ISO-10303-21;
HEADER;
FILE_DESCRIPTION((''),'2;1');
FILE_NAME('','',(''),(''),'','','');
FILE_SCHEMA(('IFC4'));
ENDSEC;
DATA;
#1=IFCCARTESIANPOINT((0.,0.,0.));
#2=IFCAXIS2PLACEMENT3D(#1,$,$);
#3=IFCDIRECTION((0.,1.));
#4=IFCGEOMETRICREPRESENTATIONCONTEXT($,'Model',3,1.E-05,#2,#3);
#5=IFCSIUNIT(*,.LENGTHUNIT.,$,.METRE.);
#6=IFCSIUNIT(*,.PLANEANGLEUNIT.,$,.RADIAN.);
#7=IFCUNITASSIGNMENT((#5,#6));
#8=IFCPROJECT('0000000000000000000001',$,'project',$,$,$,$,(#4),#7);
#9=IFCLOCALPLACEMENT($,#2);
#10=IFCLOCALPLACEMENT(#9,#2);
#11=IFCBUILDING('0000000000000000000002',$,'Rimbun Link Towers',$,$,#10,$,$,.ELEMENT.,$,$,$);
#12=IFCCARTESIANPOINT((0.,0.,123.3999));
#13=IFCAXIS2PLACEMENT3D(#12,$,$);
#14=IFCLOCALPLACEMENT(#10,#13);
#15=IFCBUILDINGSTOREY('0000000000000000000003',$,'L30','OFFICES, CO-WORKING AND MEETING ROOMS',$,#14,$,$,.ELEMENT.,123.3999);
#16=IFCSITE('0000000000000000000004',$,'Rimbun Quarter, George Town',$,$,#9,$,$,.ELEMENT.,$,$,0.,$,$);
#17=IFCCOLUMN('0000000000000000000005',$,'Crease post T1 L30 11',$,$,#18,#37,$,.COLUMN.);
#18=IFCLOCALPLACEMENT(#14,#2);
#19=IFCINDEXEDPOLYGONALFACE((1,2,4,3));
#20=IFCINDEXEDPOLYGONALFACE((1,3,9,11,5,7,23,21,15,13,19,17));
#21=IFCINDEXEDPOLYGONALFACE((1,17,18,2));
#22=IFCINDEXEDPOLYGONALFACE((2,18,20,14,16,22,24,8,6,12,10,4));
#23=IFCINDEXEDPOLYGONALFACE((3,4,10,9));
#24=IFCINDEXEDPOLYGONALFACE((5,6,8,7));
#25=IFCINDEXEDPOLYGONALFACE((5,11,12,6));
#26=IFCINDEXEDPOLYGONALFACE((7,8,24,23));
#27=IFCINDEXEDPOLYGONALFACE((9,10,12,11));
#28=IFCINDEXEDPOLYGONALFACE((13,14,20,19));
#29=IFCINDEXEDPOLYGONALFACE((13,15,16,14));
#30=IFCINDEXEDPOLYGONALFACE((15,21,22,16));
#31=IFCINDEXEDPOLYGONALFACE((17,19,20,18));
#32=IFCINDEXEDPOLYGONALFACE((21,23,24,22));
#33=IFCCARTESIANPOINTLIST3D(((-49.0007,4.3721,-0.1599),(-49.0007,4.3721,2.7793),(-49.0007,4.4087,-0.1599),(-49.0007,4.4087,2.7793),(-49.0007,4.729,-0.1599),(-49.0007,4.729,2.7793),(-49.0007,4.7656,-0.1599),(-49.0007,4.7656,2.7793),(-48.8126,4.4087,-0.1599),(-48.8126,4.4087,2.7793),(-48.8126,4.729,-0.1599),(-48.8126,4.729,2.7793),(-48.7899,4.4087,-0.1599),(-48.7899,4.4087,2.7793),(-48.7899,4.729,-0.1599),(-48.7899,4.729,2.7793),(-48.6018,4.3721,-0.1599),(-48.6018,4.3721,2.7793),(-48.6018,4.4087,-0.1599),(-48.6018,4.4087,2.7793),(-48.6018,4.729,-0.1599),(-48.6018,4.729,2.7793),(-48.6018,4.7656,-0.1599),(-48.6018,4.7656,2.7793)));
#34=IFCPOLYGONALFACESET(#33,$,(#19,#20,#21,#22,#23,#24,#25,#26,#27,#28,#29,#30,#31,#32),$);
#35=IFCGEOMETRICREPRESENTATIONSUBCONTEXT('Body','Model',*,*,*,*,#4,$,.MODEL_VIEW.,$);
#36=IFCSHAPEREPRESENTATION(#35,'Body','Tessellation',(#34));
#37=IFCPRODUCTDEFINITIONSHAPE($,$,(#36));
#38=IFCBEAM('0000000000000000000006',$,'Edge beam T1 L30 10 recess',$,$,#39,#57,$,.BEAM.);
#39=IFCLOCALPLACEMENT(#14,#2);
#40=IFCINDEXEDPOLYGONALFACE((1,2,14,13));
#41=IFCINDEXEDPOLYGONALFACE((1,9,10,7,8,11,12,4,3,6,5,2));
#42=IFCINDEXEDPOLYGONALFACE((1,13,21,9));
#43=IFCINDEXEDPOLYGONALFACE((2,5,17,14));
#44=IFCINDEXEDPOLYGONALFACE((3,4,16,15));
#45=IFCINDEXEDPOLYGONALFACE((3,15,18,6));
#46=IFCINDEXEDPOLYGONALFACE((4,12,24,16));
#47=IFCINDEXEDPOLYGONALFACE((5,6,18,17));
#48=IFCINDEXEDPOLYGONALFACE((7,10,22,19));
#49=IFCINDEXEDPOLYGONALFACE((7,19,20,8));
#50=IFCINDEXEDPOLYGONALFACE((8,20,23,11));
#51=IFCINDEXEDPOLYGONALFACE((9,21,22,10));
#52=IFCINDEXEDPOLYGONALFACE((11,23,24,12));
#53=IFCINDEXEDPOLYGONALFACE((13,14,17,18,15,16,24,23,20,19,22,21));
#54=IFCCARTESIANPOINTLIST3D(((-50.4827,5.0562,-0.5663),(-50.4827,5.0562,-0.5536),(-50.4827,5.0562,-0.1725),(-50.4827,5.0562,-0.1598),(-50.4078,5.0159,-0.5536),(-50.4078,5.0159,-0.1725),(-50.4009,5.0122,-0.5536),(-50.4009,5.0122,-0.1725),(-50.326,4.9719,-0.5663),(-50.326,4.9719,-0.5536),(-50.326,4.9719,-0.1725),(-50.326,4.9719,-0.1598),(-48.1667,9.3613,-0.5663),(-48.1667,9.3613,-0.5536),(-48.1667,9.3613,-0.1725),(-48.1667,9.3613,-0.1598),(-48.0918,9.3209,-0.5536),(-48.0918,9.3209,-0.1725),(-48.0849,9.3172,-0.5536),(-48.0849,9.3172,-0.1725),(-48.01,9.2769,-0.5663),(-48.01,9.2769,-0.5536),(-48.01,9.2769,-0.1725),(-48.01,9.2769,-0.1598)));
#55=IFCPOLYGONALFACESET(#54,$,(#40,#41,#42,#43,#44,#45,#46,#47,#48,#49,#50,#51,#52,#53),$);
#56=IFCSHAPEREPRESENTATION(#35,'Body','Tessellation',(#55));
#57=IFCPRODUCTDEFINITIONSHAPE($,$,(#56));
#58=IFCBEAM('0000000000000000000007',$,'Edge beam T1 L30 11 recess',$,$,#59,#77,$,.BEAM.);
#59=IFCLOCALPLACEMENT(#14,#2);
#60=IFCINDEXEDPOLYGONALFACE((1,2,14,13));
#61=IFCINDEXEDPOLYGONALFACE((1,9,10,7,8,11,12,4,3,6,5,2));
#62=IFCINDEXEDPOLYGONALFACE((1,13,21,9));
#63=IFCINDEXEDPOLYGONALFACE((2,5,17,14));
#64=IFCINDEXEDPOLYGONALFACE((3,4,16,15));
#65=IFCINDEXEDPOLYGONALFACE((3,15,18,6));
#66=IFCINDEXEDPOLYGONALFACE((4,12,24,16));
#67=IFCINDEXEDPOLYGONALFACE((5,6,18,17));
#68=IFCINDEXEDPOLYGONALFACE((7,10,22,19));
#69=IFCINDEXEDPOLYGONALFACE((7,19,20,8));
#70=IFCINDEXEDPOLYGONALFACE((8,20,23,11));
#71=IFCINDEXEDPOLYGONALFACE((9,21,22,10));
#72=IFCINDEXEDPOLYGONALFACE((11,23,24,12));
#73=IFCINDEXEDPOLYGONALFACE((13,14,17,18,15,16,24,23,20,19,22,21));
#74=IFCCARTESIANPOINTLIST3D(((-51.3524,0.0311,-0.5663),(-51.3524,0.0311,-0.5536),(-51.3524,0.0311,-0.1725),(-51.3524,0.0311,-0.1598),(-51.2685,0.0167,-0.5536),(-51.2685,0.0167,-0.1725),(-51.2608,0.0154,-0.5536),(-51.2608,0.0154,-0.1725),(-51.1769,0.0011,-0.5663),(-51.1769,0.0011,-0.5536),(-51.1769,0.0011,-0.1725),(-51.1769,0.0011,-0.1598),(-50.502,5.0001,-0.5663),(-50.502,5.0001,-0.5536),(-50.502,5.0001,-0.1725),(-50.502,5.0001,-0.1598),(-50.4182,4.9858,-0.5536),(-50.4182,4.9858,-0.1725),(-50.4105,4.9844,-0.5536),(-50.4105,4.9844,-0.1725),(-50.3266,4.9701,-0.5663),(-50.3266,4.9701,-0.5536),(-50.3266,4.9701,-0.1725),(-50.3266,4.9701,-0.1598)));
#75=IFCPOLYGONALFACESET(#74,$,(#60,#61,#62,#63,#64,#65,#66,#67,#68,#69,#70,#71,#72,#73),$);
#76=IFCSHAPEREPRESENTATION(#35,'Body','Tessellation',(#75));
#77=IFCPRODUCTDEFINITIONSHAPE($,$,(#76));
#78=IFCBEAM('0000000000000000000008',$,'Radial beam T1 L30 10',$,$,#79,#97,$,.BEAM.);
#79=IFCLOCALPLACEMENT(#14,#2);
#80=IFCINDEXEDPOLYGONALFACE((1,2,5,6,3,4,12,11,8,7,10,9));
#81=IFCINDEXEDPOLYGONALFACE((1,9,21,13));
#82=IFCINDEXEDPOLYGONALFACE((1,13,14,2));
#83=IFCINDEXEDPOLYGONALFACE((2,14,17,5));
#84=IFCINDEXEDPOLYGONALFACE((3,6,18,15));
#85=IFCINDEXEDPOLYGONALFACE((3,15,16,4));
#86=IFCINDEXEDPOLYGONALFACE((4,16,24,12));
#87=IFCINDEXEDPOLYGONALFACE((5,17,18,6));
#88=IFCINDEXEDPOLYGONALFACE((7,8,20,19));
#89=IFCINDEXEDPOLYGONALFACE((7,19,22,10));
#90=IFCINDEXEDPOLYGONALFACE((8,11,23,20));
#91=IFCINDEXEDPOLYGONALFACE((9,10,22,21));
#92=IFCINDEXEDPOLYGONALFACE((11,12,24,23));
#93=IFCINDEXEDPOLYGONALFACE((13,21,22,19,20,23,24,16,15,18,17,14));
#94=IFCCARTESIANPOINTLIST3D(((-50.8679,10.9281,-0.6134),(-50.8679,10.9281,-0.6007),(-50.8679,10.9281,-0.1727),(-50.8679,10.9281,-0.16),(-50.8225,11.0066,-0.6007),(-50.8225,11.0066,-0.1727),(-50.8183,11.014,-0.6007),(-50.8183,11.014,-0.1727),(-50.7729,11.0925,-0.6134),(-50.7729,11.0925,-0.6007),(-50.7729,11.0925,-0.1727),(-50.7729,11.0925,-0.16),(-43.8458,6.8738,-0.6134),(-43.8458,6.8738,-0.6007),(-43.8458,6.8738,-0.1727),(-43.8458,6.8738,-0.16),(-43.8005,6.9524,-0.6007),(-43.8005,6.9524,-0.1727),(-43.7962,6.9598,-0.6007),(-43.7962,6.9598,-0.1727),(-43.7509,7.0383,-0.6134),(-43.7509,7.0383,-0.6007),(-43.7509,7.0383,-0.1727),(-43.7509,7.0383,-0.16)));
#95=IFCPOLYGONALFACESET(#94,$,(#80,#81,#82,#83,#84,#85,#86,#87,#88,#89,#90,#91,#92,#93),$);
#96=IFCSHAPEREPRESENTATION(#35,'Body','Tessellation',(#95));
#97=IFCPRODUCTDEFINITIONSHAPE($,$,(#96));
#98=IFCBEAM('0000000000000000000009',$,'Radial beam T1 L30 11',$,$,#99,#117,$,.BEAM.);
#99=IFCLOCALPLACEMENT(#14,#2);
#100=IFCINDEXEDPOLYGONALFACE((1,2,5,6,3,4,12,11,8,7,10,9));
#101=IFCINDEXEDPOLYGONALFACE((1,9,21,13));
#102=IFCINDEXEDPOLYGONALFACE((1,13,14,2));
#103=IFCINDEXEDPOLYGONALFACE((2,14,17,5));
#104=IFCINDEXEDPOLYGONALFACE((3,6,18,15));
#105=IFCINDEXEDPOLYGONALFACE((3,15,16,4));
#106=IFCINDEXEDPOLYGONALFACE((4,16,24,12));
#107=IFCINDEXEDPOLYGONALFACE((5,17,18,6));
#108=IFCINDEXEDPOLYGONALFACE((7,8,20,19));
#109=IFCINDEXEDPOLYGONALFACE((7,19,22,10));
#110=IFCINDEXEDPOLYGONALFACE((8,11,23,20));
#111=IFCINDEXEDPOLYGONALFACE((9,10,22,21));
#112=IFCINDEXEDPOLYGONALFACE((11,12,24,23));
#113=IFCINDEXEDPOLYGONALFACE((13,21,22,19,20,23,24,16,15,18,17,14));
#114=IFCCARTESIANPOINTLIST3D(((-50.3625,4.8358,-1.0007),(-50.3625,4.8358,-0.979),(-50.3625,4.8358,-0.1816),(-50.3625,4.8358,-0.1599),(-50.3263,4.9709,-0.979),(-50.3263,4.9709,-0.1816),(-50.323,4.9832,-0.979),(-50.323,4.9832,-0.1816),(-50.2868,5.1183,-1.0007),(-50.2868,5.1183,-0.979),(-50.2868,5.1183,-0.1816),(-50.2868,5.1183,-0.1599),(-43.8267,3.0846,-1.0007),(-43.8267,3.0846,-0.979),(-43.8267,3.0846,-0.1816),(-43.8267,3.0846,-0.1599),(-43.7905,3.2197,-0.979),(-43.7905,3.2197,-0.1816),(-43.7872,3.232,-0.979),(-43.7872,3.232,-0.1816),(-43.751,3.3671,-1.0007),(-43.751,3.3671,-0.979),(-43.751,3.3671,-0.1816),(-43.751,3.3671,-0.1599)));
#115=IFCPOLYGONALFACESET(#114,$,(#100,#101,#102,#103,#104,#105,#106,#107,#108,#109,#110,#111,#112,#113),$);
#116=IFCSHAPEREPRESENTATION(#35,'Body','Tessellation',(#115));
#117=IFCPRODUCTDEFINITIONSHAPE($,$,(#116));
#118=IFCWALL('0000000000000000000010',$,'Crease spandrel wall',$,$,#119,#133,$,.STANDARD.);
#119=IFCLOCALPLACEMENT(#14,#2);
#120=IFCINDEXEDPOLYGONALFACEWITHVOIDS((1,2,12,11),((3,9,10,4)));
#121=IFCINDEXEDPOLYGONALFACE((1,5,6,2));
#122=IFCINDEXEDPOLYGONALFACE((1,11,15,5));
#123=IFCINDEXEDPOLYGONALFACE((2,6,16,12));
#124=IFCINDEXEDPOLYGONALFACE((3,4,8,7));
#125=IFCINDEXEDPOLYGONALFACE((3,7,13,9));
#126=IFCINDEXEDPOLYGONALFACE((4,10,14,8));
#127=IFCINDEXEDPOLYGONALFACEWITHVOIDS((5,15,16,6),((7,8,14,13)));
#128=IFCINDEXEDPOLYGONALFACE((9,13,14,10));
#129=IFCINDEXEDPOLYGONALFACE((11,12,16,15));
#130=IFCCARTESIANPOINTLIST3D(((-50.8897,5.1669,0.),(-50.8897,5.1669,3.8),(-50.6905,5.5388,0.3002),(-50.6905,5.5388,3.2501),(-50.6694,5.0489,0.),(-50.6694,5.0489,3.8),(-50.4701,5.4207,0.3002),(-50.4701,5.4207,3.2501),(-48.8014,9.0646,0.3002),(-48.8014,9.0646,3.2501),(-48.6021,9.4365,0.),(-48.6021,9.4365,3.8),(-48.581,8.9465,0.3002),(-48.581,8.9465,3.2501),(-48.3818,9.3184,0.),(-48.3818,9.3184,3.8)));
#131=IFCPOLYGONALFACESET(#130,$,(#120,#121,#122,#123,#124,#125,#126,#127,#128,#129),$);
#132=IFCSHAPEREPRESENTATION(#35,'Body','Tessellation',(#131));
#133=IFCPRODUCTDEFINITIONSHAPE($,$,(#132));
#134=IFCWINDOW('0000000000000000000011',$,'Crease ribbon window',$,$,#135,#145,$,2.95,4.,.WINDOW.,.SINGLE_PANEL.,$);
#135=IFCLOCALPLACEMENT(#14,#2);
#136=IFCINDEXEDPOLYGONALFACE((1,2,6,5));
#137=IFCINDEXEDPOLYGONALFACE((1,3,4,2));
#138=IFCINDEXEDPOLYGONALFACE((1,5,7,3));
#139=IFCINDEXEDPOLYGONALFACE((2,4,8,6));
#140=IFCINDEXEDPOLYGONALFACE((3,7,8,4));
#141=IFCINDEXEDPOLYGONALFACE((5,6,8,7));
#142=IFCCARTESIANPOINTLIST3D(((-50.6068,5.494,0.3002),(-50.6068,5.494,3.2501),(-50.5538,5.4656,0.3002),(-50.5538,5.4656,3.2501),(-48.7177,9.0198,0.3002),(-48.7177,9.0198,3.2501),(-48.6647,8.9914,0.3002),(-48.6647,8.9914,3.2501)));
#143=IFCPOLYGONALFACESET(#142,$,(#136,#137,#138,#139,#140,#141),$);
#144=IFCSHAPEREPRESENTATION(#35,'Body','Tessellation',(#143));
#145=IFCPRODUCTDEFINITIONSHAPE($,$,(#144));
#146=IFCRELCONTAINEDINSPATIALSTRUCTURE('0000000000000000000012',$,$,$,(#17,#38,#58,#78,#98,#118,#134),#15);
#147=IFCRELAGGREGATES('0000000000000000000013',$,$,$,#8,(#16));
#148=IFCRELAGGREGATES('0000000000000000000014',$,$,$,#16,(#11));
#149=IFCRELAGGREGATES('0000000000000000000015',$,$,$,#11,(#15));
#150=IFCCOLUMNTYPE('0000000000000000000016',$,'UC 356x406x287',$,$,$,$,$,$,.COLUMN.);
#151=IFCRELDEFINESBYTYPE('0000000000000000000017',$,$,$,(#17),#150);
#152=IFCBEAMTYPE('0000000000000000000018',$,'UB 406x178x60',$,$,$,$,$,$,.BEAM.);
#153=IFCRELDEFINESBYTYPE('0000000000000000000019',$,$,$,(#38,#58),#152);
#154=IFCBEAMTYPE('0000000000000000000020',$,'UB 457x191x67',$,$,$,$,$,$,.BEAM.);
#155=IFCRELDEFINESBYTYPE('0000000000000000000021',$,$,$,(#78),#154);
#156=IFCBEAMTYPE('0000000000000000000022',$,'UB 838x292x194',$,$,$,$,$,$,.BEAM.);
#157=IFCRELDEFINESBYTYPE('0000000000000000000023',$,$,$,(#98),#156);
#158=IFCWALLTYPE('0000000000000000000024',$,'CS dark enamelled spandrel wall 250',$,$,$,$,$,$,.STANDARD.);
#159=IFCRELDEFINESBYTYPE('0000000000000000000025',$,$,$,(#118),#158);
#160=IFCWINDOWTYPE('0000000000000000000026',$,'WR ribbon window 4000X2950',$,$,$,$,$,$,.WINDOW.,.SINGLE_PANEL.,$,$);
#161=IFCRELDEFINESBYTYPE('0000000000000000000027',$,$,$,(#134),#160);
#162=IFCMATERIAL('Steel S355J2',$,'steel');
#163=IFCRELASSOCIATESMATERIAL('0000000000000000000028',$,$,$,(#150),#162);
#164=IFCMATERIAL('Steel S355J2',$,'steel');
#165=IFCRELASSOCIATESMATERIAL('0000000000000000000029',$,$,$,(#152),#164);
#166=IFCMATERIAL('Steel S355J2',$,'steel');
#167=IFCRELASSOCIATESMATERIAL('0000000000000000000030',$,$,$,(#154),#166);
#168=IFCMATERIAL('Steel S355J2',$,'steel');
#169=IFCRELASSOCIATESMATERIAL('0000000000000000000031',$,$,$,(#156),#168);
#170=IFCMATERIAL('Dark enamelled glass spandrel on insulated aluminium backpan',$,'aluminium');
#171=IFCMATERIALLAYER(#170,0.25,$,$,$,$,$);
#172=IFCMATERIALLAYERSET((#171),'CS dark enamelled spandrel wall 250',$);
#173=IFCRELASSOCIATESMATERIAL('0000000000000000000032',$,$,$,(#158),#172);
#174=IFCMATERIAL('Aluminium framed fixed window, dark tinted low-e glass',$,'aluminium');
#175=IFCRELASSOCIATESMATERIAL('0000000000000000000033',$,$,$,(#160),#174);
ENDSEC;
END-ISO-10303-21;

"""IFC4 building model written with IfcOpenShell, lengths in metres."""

from ifc_helpers import new_model, si_unit, direction, frame, frame_2d, origin, origin_2d, place, context, subcontext, project, spatial, rectangle, i_section, extrude, material, layer, layer_set, material_profile, profile_set, type_object, element, fill, save


model = new_model("IFC4")

# Units and contexts
model_context = context("Model", 3, precision=1e-05, world=origin(), true_north=direction((0.0, 1.0)))
body_context = subcontext(model_context, "Body", "Model", "MODEL_VIEW")
ifc_project = project(units=[si_unit("LENGTHUNIT", "METRE"), si_unit("PLANEANGLEUNIT", "RADIAN")], contexts=[model_context])

# Site, building, storey
site_placement = place(None, origin())
site = spatial("IfcSite", under=ifc_project, at=site_placement, Name="Rimbun Quarter, George Town", CompositionType="ELEMENT", RefElevation=0.0)
building_placement = place(site_placement, origin())
building = spatial("IfcBuilding", under=site, at=building_placement, Name="Rimbun Link Towers", CompositionType="ELEMENT")
storey_placement = place(building_placement, frame((0.0, 0.0, 123.3999)))
storey = spatial("IfcBuildingStorey", under=building, at=storey_placement, Name="L30", Description="OFFICES, CO-WORKING AND MEETING ROOMS", CompositionType="ELEMENT", Elevation=123.3999)

# Column
ifc_material_1 = material(Name="Steel S355J2", Category="steel")
ifc_material_profile_1 = material_profile(ifc_material_1, i_section(OverallWidth=0.3989, OverallDepth=0.3936, WebThickness=0.0227, FlangeThickness=0.0366, at=origin_2d()), Name="UC 356x406x287")
ifc_profile_set_1 = profile_set([ifc_material_profile_1], Name="Steel S355J2")
column_type = type_object("IfcColumnType", Name="UC 356x406x287", PredefinedType="COLUMN", material=ifc_profile_set_1)
column_placement = place(storey_placement, frame((-48.8013, 4.5688, -0.1599), z_axis=(0.0, 0.0, 1.0), x_axis=(1.0, 0.0, 0.0)))
element("IfcColumn", 1, at=column_placement, inside=storey, type_object=column_type, Name="Crease post T1 L30 11", PredefinedType="COLUMN", context=body_context, shape_type="SweptSolid", body=[
    extrude(i_section(OverallWidth=0.3989, OverallDepth=0.3936, WebThickness=0.0227, FlangeThickness=0.0366, at=origin_2d()), origin(), (0.0, 0.0, 1.0), 2.9392),
])

# Beams
ifc_material_2 = material(Name="Steel S355J2", Category="steel")
ifc_material_profile_2 = material_profile(ifc_material_2, i_section(OverallWidth=0.178, OverallDepth=0.4065, WebThickness=0.0078, FlangeThickness=0.0127, at=origin_2d()), Name="UB 406x178x60")
ifc_profile_set_2 = profile_set([ifc_material_profile_2], Name="Steel S355J2")
beam_type_1 = type_object("IfcBeamType", Name="UB 406x178x60", PredefinedType="BEAM", material=ifc_profile_set_2)
beam_1_placement = place(storey_placement, frame((-48.0884, 9.3191, -0.363), z_axis=(-0.473763, -0.880652, 0.0), x_axis=(0.880652, -0.473763, 0.0)))
element("IfcBeam", 2, at=beam_1_placement, inside=storey, type_object=beam_type_1, Name="Edge beam T1 L30 10 recess", PredefinedType="BEAM", context=body_context, shape_type="SweptSolid", body=[
    extrude(i_section(OverallWidth=0.178, OverallDepth=0.4065, WebThickness=0.0078, FlangeThickness=0.0127, at=origin_2d()), origin(), (0.0, 0.0, 1.0), 4.8884),
])
beam_2_placement = place(storey_placement, frame((-50.4143, 4.9851, -0.363), z_axis=(-0.168677, -0.985671, 0.0), x_axis=(0.985671, -0.168677, 0.0)))
element("IfcBeam", 3, at=beam_2_placement, inside=storey, type_object=beam_type_1, Name="Edge beam T1 L30 11 recess", PredefinedType="BEAM", context=body_context, shape_type="SweptSolid", body=[
    extrude(i_section(OverallWidth=0.178, OverallDepth=0.4065, WebThickness=0.0078, FlangeThickness=0.0127, at=origin_2d()), origin(), (0.0, 0.0, 1.0), 5.0413),
])
ifc_material_3 = material(Name="Steel S355J2", Category="steel")
ifc_material_profile_3 = material_profile(ifc_material_3, i_section(OverallWidth=0.1899, OverallDepth=0.4534, WebThickness=0.0085, FlangeThickness=0.0127, at=origin_2d()), Name="UB 457x191x67")
ifc_profile_set_3 = profile_set([ifc_material_profile_3], Name="Steel S355J2")
beam_type_2 = type_object("IfcBeamType", Name="UB 457x191x67", PredefinedType="BEAM", material=ifc_profile_set_3)
beam_3_placement = place(storey_placement, frame((-43.7983, 6.9561, -0.3867), z_axis=(-0.866022, 0.500006, 0.0), x_axis=(-0.500006, -0.866022, 0.0)))
element("IfcBeam", 4, at=beam_3_placement, inside=storey, type_object=beam_type_2, Name="Radial beam T1 L30 10", PredefinedType="BEAM", context=body_context, shape_type="SweptSolid", body=[
    extrude(i_section(OverallWidth=0.1899, OverallDepth=0.4534, WebThickness=0.0085, FlangeThickness=0.0127, at=origin_2d()), origin(), (0.0, 0.0, 1.0), 8.1084),
])
ifc_material_4 = material(Name="Steel S355J2", Category="steel")
ifc_material_profile_4 = material_profile(ifc_material_4, i_section(OverallWidth=0.2925, OverallDepth=0.8408, WebThickness=0.0127, FlangeThickness=0.0217, at=origin_2d()), Name="UB 838x292x194")
ifc_profile_set_4 = profile_set([ifc_material_profile_4], Name="Steel S355J2")
beam_type_3 = type_object("IfcBeamType", Name="UB 838x292x194", PredefinedType="BEAM", material=ifc_profile_set_4)
beam_4_placement = place(storey_placement, frame((-43.7888, 3.2258, -0.5803), z_axis=(-0.965928, 0.25881, 0.0), x_axis=(-0.25881, -0.965928, 0.0)))
element("IfcBeam", 5, at=beam_4_placement, inside=storey, type_object=beam_type_3, Name="Radial beam T1 L30 11", PredefinedType="BEAM", context=body_context, shape_type="SweptSolid", body=[
    extrude(i_section(OverallWidth=0.2925, OverallDepth=0.8408, WebThickness=0.0127, FlangeThickness=0.0217, at=origin_2d()), origin(), (0.0, 0.0, 1.0), 6.7664),
])

# Wall, opening, window
ifc_material_5 = material(Name="Dark enamelled glass spandrel on insulated aluminium backpan", Category="aluminium")
ifc_layer_1 = layer(ifc_material_5, 0.25)
ifc_layer_set_1 = layer_set([ifc_layer_1], Name="CS dark enamelled spandrel wall 250")
wall_type_1 = type_object("IfcWallType", Name="CS dark enamelled spandrel wall 250", PredefinedType="STANDARD", material=ifc_layer_set_1)
wall_1_placement = place(storey_placement, frame((-50.7795, 5.1079, 0.0), z_axis=(0.0, 0.0, 1.0), x_axis=(0.472277, 0.88145, 0.0)))
wall_1 = element("IfcWall", 6, at=wall_1_placement, inside=storey, type_object=wall_type_1, Name="Crease spandrel wall", PredefinedType="STANDARD", context=body_context, shape_type="SweptSolid", body=[
    extrude(rectangle(XDim=4.8438, YDim=0.25, at=frame_2d((2.4219, 0.0))), origin(), (0.0, 0.0, 1.0), 3.8),
])
opening_1_placement = place(wall_1_placement, frame((0.4219, 0.0, 0.3)))
opening_1 = element("IfcOpeningElement", 7, at=opening_1_placement, cuts=wall_1, PredefinedType="OPENING", context=body_context, shape_type="SweptSolid", body=[
    extrude(rectangle(XDim=4.0, YDim=2.95, at=frame_2d((2.0, 1.4751))), frame((0.0, 0.135, 0.0), z_axis=(0.0, -1.0, 0.0), x_axis=(1.0, 0.0, 0.0)), (0.0, 0.0, 1.0), 0.27),
])
ifc_material_6 = material(Name="Aluminium framed fixed window, dark tinted low-e glass", Category="aluminium")
window_type_1 = type_object("IfcWindowType", Name="WR ribbon window 4000X2950", PartitioningType="SINGLE_PANEL", PredefinedType="WINDOW", material=ifc_material_6)
window_1_placement = place(opening_1_placement, origin())
window_1 = element("IfcWindow", 8, at=window_1_placement, inside=storey, type_object=window_type_1, Name="Crease ribbon window", OverallHeight=2.95, OverallWidth=4.0, PartitioningType="SINGLE_PANEL", PredefinedType="WINDOW", context=body_context, shape_type="SweptSolid", body=[
    extrude(rectangle(XDim=4.0, YDim=2.95, at=frame_2d((2.0, 1.4751))), frame((0.0, 0.03, 0.0), z_axis=(0.0, -1.0, 0.0), x_axis=(1.0, 0.0, 0.0)), (0.0, 0.0, 1.0), 0.0601),
])
fill(opening_1, window_1)

save(model, "model.ifc")
